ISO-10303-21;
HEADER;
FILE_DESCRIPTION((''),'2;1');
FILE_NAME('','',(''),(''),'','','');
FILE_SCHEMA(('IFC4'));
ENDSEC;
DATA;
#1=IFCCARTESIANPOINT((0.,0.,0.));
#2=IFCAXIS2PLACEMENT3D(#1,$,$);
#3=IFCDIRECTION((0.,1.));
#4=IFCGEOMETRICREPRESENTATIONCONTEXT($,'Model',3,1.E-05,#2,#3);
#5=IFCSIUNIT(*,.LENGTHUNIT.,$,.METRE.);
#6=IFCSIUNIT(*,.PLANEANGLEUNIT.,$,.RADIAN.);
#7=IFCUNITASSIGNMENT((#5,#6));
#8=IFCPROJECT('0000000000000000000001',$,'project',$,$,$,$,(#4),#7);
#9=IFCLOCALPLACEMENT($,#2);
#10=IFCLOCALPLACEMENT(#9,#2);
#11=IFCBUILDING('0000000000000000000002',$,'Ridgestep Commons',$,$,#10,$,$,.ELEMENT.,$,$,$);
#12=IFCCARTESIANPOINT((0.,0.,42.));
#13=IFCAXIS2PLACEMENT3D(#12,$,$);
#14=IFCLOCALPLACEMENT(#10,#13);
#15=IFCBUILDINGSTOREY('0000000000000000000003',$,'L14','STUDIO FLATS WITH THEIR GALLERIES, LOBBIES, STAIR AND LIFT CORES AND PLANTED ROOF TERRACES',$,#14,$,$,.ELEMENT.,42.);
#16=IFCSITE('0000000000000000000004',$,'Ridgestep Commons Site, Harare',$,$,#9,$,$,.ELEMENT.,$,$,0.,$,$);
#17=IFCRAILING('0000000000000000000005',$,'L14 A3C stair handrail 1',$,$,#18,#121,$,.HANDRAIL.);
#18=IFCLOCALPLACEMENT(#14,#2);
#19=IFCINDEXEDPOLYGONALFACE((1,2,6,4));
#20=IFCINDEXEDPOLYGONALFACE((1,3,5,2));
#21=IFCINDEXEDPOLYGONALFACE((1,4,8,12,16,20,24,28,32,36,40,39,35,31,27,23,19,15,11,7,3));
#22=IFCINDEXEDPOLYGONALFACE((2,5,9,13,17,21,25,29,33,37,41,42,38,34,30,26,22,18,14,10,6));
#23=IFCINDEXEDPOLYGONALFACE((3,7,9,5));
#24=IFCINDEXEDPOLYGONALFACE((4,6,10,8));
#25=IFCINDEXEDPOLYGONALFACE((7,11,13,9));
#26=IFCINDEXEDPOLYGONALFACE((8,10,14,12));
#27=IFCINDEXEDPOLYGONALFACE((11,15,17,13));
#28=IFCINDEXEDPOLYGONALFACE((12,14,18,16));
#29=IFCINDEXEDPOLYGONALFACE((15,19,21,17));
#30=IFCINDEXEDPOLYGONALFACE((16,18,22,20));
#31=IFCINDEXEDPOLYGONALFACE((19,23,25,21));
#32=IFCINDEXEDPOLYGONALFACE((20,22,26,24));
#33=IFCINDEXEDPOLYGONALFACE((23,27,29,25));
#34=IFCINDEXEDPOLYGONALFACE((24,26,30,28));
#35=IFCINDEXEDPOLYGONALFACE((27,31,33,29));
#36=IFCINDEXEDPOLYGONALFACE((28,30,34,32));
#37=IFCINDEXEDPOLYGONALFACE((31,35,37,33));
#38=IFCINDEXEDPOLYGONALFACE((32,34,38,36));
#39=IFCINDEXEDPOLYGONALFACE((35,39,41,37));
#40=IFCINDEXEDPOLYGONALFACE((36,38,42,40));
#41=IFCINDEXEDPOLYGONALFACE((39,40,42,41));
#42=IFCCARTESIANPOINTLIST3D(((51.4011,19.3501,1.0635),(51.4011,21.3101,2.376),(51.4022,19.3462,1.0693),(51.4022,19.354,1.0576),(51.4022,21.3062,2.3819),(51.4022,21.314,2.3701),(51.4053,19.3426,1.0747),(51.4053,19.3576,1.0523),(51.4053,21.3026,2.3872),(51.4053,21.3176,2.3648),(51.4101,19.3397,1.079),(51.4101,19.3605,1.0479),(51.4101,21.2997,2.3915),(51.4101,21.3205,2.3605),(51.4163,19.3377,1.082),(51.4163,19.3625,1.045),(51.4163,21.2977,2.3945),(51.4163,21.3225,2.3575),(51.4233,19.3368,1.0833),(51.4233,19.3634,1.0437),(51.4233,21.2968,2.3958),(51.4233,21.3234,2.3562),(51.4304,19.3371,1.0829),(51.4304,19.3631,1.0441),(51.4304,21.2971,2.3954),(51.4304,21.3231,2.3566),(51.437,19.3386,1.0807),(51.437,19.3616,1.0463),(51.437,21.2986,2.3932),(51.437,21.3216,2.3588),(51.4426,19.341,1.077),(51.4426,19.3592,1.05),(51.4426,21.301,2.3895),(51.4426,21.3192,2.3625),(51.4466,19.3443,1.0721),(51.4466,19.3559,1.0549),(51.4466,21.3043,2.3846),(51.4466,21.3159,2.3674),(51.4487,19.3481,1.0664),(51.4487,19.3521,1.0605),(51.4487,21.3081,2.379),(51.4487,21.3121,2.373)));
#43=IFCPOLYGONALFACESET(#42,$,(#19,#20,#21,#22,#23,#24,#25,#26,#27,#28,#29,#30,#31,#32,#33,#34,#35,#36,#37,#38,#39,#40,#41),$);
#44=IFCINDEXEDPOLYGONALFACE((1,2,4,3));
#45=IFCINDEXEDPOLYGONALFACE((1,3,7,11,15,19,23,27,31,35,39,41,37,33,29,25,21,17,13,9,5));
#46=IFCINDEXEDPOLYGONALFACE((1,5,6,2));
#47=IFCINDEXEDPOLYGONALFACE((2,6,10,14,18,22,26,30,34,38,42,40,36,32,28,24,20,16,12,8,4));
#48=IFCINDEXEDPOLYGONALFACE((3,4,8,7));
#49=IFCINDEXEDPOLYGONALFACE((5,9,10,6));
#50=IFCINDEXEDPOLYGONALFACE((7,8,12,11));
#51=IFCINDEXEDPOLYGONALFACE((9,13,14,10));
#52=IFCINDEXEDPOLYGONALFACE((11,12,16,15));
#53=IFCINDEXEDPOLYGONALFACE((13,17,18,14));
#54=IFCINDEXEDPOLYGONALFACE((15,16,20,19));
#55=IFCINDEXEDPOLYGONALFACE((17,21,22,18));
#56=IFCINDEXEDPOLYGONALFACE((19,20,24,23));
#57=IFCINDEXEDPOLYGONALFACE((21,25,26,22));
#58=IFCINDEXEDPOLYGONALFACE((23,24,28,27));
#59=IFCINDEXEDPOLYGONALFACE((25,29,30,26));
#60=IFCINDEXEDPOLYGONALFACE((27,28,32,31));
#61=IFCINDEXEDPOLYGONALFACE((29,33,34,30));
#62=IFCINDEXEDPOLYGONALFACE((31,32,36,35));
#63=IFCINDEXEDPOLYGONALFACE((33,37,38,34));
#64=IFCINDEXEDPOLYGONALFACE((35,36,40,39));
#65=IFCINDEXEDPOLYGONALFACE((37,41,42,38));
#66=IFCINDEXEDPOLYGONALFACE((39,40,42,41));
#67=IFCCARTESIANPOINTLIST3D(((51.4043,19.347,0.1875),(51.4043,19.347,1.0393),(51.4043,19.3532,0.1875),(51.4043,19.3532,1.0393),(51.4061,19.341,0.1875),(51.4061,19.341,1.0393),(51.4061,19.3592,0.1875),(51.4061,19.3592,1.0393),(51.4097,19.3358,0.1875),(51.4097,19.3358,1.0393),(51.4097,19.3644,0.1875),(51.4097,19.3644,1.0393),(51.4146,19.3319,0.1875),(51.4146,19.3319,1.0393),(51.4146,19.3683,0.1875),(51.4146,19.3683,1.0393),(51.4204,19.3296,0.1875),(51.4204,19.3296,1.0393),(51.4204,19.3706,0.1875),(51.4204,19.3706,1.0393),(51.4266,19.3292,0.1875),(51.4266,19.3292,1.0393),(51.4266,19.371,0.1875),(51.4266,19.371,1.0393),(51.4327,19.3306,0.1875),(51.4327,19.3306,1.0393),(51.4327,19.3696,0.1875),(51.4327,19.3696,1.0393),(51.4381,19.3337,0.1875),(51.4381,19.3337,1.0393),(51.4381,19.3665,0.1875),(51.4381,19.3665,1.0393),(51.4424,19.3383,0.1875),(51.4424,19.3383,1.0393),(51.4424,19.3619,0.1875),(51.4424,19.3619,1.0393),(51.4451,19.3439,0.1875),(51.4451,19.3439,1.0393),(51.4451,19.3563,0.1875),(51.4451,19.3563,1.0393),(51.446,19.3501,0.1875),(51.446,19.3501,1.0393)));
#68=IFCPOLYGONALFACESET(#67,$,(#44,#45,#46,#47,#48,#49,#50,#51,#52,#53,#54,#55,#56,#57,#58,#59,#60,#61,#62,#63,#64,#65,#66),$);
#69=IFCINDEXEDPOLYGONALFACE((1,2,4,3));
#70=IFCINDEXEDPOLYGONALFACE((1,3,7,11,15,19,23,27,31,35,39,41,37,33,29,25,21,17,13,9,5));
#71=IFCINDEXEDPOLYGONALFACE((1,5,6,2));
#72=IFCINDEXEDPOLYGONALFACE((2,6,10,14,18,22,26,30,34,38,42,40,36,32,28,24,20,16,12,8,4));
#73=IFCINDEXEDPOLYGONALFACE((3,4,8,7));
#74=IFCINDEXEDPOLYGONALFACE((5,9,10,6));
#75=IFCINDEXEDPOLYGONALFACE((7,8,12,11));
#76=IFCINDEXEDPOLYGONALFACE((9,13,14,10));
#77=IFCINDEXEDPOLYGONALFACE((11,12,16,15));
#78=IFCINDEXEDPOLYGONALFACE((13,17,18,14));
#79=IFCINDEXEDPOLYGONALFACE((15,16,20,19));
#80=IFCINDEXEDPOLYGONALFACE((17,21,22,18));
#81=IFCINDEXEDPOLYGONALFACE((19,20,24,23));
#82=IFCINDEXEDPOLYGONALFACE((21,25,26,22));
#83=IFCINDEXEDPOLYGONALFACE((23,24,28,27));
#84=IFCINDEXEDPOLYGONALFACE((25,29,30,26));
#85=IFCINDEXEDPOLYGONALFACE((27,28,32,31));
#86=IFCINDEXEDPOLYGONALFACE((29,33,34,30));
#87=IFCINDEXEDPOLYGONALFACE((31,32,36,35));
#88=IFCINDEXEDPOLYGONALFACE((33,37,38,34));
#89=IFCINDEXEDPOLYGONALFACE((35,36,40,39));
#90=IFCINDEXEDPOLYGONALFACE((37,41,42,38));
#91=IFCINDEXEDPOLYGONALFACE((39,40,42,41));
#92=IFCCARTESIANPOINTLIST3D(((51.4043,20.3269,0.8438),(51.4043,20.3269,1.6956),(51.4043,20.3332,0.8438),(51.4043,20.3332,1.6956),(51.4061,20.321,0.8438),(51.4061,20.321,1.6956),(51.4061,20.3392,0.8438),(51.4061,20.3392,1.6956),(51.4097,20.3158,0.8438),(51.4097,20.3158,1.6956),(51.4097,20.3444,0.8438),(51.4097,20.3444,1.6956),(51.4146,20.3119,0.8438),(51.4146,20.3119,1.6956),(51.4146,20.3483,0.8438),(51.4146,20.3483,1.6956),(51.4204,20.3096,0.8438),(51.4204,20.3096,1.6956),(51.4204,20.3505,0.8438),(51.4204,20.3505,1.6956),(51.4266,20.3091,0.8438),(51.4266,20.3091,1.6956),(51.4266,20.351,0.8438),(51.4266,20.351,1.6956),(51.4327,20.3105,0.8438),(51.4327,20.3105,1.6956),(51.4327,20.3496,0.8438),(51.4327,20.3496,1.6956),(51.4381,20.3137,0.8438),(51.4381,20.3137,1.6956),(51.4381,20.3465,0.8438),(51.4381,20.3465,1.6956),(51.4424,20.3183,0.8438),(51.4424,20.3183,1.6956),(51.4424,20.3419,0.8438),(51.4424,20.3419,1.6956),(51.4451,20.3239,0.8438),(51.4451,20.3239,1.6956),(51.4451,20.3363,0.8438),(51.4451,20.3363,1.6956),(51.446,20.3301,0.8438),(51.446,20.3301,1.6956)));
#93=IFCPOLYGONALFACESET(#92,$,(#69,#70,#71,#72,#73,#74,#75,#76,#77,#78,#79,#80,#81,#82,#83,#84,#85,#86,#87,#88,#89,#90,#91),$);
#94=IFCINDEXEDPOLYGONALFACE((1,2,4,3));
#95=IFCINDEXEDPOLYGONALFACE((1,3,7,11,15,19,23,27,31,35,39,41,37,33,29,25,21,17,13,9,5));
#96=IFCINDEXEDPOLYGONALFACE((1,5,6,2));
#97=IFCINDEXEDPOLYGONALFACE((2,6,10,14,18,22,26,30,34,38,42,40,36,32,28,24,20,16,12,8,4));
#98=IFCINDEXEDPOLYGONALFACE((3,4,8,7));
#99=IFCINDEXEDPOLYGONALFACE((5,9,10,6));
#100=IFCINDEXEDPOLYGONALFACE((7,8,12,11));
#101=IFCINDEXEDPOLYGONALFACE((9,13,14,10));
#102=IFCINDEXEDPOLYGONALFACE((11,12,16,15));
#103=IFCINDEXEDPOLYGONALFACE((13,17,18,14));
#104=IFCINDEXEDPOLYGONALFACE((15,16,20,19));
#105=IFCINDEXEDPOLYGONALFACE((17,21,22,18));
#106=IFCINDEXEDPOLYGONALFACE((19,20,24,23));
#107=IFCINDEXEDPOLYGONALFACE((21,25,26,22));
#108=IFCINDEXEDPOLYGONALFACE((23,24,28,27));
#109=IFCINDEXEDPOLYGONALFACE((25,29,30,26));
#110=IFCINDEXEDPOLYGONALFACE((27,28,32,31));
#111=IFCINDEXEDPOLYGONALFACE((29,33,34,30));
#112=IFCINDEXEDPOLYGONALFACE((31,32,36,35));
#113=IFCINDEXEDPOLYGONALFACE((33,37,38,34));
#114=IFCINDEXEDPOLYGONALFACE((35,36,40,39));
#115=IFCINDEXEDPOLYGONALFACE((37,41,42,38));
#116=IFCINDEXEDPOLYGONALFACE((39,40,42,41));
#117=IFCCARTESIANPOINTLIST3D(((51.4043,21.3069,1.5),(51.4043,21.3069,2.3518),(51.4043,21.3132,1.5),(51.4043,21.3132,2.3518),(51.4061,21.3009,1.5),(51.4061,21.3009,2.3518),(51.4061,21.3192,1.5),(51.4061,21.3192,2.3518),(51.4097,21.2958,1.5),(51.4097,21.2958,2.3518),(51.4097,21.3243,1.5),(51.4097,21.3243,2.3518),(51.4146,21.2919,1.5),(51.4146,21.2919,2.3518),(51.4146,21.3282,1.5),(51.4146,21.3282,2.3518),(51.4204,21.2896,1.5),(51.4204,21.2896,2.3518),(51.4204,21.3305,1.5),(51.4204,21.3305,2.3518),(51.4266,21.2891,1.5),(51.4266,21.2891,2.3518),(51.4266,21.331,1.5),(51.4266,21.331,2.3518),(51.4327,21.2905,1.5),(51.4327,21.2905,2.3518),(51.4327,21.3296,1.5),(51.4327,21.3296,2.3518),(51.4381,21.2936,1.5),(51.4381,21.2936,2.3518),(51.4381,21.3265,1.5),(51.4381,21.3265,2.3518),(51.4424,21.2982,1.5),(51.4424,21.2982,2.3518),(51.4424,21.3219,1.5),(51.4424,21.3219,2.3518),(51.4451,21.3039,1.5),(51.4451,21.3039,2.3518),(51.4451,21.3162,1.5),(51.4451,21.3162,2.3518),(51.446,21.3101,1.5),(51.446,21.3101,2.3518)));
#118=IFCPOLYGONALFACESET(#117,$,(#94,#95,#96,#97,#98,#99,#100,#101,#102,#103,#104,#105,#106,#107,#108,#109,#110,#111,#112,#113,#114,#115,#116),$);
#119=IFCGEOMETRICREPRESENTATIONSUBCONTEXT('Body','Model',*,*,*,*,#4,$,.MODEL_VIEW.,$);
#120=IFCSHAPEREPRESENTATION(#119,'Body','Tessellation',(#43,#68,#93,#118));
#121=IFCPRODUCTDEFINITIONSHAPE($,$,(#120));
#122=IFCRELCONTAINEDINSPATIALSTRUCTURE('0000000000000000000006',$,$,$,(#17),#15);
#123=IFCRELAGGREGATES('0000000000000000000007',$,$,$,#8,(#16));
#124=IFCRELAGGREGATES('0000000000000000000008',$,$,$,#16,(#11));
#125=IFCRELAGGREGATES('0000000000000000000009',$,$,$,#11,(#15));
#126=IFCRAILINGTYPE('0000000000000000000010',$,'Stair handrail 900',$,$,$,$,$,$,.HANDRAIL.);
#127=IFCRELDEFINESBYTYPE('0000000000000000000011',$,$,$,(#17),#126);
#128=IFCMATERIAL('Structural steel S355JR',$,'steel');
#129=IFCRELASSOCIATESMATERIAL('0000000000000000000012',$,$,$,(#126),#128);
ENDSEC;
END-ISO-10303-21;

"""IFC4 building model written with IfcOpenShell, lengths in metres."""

from ifc_helpers import new_model, si_unit, direction, frame, origin, origin_2d, place, context, subcontext, project, spatial, circle, extrude, material, type_object, element, save


model = new_model("IFC4")

# Units and contexts
model_context = context("Model", 3, precision=1e-05, world=origin(), true_north=direction((0.0, 1.0)))
body_context = subcontext(model_context, "Body", "Model", "MODEL_VIEW")
ifc_project = project(units=[si_unit("LENGTHUNIT", "METRE"), si_unit("PLANEANGLEUNIT", "RADIAN")], contexts=[model_context])

# Site, building, storey
site_placement = place(None, origin())
site = spatial("IfcSite", under=ifc_project, at=site_placement, Name="Ridgestep Commons Site, Harare", CompositionType="ELEMENT", RefElevation=0.0)
building_placement = place(site_placement, origin())
building = spatial("IfcBuilding", under=site, at=building_placement, Name="Ridgestep Commons", CompositionType="ELEMENT")
storey_placement = place(building_placement, frame((0.0, 0.0, 42.0)))
storey = spatial("IfcBuildingStorey", under=building, at=storey_placement, Name="L14", Description="STUDIO FLATS WITH THEIR GALLERIES, LOBBIES, STAIR AND LIFT CORES AND PLANTED ROOF TERRACES", CompositionType="ELEMENT", Elevation=42.0)

# Railing
ifc_material_1 = material(Name="Structural steel S355JR", Category="steel")
railing_type_1 = type_object("IfcRailingType", Name="Stair handrail 900", PredefinedType="HANDRAIL", material=ifc_material_1)
railing_1_placement = place(storey_placement, frame((51.425, 19.3501, 0.1875)))
element("IfcRailing", 1, at=railing_1_placement, inside=storey, type_object=railing_type_1, Name="L14 A3C stair handrail 1", PredefinedType="HANDRAIL", context=body_context, shape_type="SweptSolid", body=[
    extrude(circle(Radius=0.0239, at=origin_2d()), frame((0.0, 0.0, 0.876), z_axis=(0.0, 0.830902, 0.556419), x_axis=(-1.0, 0.0, 0.0)), (0.0, 0.0, 1.0), 2.3589),
    extrude(circle(Radius=0.021, at=origin_2d()), origin(), (0.0, 0.0, 1.0), 0.8518),
    extrude(circle(Radius=0.021, at=origin_2d()), frame((0.0, 0.98, 0.6562)), (0.0, 0.0, 1.0), 0.8518),
    extrude(circle(Radius=0.021, at=origin_2d()), frame((0.0, 1.96, 1.3125)), (0.0, 0.0, 1.0), 0.8518),
])

save(model, "model.ifc")
